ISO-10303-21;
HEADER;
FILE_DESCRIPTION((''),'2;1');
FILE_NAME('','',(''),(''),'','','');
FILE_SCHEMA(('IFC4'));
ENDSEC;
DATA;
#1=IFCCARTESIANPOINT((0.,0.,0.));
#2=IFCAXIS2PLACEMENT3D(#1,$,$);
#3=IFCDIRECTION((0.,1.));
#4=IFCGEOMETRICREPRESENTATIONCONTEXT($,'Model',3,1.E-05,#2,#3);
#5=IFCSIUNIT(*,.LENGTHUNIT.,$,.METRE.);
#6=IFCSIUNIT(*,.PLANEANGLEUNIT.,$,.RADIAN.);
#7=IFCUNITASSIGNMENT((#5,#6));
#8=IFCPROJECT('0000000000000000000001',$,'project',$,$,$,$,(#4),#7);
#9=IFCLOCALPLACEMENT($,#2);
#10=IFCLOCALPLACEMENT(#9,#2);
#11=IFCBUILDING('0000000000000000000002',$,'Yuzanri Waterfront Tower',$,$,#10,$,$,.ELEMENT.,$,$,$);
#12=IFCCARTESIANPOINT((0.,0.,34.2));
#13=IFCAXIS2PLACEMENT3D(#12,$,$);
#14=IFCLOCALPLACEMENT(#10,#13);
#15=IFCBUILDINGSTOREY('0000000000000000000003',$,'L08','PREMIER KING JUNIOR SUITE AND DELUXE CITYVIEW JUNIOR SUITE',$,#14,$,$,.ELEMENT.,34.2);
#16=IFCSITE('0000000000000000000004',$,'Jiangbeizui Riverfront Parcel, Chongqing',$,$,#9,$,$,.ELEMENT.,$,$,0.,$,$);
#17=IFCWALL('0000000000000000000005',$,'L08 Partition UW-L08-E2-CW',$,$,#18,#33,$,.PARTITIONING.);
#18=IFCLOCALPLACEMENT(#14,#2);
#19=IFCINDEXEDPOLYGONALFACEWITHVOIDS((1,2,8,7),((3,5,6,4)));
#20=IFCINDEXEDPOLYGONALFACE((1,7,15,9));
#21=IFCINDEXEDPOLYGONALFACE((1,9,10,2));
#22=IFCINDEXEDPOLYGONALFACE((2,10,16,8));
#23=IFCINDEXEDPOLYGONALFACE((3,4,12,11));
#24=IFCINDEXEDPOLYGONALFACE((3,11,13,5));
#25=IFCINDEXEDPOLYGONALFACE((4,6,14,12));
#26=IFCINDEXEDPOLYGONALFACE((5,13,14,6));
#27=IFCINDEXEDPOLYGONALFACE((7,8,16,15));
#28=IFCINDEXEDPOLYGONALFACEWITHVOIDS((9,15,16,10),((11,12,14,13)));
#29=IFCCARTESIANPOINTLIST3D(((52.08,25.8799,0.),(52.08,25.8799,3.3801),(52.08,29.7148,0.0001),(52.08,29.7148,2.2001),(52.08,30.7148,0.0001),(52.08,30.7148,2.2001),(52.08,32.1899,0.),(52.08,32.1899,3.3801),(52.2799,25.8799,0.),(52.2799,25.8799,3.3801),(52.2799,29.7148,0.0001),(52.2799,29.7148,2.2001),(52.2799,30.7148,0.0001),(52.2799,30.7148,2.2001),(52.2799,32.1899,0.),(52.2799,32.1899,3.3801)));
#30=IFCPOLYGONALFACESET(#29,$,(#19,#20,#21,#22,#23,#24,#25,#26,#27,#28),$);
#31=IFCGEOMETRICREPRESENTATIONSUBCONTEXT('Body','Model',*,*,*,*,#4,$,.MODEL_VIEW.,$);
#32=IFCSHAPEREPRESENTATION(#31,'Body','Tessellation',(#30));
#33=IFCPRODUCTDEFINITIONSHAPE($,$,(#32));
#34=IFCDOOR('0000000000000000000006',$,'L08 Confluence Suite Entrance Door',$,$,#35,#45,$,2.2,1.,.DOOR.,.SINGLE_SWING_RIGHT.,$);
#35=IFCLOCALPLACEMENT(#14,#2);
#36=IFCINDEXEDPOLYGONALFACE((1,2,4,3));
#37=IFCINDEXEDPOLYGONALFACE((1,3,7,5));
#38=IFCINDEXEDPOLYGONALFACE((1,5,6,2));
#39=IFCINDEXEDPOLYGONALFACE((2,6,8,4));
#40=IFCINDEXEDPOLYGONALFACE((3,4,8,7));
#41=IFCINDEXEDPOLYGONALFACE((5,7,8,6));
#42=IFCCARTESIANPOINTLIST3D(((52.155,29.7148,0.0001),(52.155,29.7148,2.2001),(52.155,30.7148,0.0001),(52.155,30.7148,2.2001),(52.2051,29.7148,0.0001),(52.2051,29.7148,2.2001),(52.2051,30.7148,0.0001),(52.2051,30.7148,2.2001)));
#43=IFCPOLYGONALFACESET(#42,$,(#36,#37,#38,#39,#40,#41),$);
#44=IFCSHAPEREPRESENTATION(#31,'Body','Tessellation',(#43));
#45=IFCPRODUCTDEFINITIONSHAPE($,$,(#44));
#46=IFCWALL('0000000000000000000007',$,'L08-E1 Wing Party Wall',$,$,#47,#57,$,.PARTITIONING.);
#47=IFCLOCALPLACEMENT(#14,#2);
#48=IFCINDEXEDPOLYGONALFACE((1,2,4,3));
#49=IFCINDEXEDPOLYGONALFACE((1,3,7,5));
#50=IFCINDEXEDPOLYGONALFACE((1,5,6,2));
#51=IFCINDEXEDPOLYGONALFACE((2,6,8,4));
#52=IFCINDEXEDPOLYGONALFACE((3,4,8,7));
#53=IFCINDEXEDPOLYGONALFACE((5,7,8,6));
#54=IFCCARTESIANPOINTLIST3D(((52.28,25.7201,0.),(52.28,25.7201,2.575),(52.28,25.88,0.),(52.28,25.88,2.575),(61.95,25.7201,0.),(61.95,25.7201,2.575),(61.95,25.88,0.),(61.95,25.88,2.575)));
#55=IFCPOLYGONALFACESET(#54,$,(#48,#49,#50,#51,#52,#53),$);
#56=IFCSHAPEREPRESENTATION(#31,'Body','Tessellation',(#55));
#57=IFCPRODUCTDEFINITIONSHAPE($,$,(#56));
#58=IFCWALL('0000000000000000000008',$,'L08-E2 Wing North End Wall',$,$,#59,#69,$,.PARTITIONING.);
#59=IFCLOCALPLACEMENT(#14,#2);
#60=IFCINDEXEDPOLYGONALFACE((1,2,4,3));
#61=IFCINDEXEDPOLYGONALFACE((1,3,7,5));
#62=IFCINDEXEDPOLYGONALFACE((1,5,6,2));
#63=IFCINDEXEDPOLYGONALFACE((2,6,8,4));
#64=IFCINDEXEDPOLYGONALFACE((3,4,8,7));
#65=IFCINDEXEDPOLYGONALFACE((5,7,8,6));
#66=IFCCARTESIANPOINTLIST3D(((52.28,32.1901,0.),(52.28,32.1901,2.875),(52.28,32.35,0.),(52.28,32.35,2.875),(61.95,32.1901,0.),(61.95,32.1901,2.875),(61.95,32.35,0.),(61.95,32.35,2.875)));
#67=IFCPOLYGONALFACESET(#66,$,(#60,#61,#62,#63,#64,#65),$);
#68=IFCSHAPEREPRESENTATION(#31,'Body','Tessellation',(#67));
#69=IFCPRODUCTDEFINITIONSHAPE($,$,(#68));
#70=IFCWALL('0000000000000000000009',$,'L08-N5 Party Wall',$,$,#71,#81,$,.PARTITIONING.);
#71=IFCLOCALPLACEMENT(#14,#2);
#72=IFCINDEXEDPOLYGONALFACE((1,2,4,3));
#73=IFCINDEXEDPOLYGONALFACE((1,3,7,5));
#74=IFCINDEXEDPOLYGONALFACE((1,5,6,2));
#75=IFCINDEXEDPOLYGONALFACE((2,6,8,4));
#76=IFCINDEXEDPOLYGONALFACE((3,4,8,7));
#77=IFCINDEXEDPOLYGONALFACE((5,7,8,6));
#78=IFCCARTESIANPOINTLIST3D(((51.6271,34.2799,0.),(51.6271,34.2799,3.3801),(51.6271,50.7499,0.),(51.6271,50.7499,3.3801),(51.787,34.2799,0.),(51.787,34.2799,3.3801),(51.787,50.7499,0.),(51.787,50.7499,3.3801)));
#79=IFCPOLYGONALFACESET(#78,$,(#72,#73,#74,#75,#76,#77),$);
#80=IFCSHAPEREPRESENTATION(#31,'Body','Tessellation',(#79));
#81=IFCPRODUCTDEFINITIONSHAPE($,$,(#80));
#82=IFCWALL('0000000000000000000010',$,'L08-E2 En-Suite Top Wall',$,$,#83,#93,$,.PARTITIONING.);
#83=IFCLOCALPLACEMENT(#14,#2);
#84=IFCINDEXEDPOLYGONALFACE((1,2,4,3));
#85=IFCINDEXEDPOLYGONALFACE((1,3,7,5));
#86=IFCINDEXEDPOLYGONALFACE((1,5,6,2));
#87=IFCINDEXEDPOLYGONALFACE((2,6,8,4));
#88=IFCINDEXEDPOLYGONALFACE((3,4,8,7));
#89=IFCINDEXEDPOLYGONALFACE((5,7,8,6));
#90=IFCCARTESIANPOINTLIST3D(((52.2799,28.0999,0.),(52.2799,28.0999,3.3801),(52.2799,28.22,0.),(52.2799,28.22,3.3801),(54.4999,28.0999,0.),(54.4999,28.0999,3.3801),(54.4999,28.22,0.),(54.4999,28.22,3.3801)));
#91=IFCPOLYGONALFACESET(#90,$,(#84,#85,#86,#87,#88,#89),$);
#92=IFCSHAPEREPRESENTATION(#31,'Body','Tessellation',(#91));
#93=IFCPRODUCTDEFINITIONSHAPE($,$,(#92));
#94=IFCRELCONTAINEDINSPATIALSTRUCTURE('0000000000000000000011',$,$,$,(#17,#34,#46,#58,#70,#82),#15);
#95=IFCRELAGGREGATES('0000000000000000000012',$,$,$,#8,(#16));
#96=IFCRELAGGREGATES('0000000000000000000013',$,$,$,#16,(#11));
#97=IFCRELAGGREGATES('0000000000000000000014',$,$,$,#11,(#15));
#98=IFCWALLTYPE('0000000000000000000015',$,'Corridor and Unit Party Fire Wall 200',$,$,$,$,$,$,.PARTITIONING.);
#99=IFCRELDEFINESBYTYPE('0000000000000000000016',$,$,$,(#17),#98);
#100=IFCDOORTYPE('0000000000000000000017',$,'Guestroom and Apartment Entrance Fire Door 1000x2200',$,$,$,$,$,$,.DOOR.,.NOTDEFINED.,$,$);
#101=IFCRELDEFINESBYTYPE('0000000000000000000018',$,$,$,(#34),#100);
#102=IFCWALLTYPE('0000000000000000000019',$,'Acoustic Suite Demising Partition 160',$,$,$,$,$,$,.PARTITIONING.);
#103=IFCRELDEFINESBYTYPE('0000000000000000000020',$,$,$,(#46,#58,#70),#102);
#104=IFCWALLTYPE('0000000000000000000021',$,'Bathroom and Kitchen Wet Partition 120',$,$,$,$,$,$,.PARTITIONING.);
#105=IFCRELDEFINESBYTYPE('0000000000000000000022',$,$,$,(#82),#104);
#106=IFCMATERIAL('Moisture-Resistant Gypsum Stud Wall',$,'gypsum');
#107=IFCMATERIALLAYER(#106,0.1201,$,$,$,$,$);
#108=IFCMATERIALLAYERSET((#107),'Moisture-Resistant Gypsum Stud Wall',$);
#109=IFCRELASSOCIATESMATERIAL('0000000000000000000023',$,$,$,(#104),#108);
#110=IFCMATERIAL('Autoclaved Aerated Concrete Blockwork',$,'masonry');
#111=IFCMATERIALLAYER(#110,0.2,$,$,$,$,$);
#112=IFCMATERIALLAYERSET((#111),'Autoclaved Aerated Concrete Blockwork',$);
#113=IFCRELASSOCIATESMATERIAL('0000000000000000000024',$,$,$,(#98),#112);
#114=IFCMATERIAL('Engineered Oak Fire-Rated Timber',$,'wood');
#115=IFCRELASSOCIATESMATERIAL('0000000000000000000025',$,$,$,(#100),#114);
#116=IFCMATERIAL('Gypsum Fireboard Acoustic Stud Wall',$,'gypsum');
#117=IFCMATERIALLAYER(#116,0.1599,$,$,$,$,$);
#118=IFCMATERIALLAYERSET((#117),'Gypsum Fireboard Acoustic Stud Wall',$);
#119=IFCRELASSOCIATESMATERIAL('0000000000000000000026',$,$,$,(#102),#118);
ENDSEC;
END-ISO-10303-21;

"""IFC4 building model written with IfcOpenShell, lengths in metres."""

from ifc_helpers import new_model, si_unit, direction, frame, frame_2d, origin, place, context, subcontext, project, spatial, rectangle, extrude, source, transform, mapped, material, layer, layer_set, type_object, element, fill, save


model = new_model("IFC4")

# Units and contexts
model_context = context("Model", 3, precision=1e-05, world=origin(), true_north=direction((0.0, 1.0)))
body_context = subcontext(model_context, "Body", "Model", "MODEL_VIEW")
ifc_project = project(units=[si_unit("LENGTHUNIT", "METRE"), si_unit("PLANEANGLEUNIT", "RADIAN")], contexts=[model_context])

# Site, building, storey
site_placement = place(None, origin())
site = spatial("IfcSite", under=ifc_project, at=site_placement, Name="Jiangbeizui Riverfront Parcel, Chongqing", CompositionType="ELEMENT", RefElevation=0.0)
building_placement = place(site_placement, origin())
building = spatial("IfcBuilding", under=site, at=building_placement, Name="Yuzanri Waterfront Tower", CompositionType="ELEMENT")
storey_placement = place(building_placement, frame((0.0, 0.0, 34.2)))
storey = spatial("IfcBuildingStorey", under=building, at=storey_placement, Name="L08", Description="PREMIER KING JUNIOR SUITE AND DELUXE CITYVIEW JUNIOR SUITE", CompositionType="ELEMENT", Elevation=34.2)

# Wall, opening, door
ifc_material_1 = material(Name="Moisture-Resistant Gypsum Stud Wall", Category="gypsum")
ifc_layer_1 = layer(ifc_material_1, 0.1201)
ifc_layer_set_1 = layer_set([ifc_layer_1], Name="Moisture-Resistant Gypsum Stud Wall")
wall_type_1 = type_object("IfcWallType", Name="Bathroom and Kitchen Wet Partition 120", PredefinedType="PARTITIONING", material=ifc_layer_set_1)
ifc_material_2 = material(Name="Autoclaved Aerated Concrete Blockwork", Category="masonry")
ifc_layer_2 = layer(ifc_material_2, 0.2)
ifc_layer_set_2 = layer_set([ifc_layer_2], Name="Autoclaved Aerated Concrete Blockwork")
wall_type_2 = type_object("IfcWallType", Name="Corridor and Unit Party Fire Wall 200", PredefinedType="PARTITIONING", material=ifc_layer_set_2)
ifc_material_3 = material(Name="Engineered Oak Fire-Rated Timber", Category="wood")
door_type_1 = type_object("IfcDoorType", Name="Guestroom and Apartment Entrance Fire Door 1000x2200", OperationType="NOTDEFINED", PredefinedType="DOOR", material=ifc_material_3)
shared_shape_1 = source(origin(), body_context, "Body", "SweptSolid", [
    extrude(rectangle(XDim=1.0, YDim=2.2, at=frame_2d((0.5, 1.1001))), frame((0.0, 0.0249, 0.0), z_axis=(0.0, -1.0, 0.0), x_axis=(1.0, 0.0, 0.0)), (0.0, 0.0, 1.0), 0.05),
])
wall_1_placement = place(storey_placement, frame((52.1799, 25.8799, 0.0), z_axis=(0.0, 0.0, 1.0), x_axis=(0.0, 1.0, 0.0)))
wall_1 = element("IfcWall", 1, at=wall_1_placement, inside=storey, type_object=wall_type_2, Name="L08 Partition UW-L08-E2-CW", PredefinedType="PARTITIONING", context=body_context, shape_type="SweptSolid", body=[
    extrude(rectangle(XDim=6.3101, YDim=0.2, at=frame_2d((3.155, 0.0))), origin(), (0.0, 0.0, 1.0), 3.3801),
])
opening_1_placement = place(wall_1_placement, frame((3.835, 0.0, 0.0)))
opening_1 = element("IfcOpeningElement", 2, at=opening_1_placement, cuts=wall_1, PredefinedType="OPENING", context=body_context, shape_type="SweptSolid", body=[
    extrude(rectangle(XDim=1.0, YDim=2.2, at=frame_2d((0.5, 1.1001))), frame((0.0, 0.1147, 0.0), z_axis=(0.0, -1.0, 0.0), x_axis=(1.0, 0.0, 0.0)), (0.0, 0.0, 1.0), 0.2297),
])
door_1_placement = place(opening_1_placement, origin())
door_1 = element("IfcDoor", 3, at=door_1_placement, inside=storey, type_object=door_type_1, Name="L08 Confluence Suite Entrance Door", OperationType="SINGLE_SWING_RIGHT", OverallHeight=2.2, OverallWidth=1.0, PredefinedType="DOOR", context=body_context, shape_type="MappedRepresentation", body=[
    mapped(shared_shape_1, transform((0.0, 0.0, 0.0), scale=1.0)),
])
fill(opening_1, door_1)

# Walls
ifc_material_4 = material(Name="Gypsum Fireboard Acoustic Stud Wall", Category="gypsum")
ifc_layer_3 = layer(ifc_material_4, 0.1599)
ifc_layer_set_3 = layer_set([ifc_layer_3], Name="Gypsum Fireboard Acoustic Stud Wall")
wall_type_3 = type_object("IfcWallType", Name="Acoustic Suite Demising Partition 160", PredefinedType="PARTITIONING", material=ifc_layer_set_3)
shared_shape_2 = source(origin(), body_context, "Body", "SweptSolid", [
    extrude(rectangle(XDim=9.6699, YDim=0.1599, at=frame_2d((4.835, 0.0))), origin(), (0.0, 0.0, 1.0), 2.575),
])
wall_2_placement = place(storey_placement, frame((52.28, 25.8, 0.0), z_axis=(0.0, 0.0, 1.0), x_axis=(1.0, 0.0, 0.0)))
element("IfcWall", 4, at=wall_2_placement, inside=storey, type_object=wall_type_3, Name="L08-E1 Wing Party Wall", PredefinedType="PARTITIONING", context=body_context, shape_type="MappedRepresentation", body=[
    mapped(shared_shape_2, transform((0.0, 0.0, 0.0), scale=1.0)),
])
shared_shape_3 = source(origin(), body_context, "Body", "SweptSolid", [
    extrude(rectangle(XDim=9.6699, YDim=0.1599, at=frame_2d((4.835, 0.0))), origin(), (0.0, 0.0, 1.0), 2.875),
])
wall_3_placement = place(storey_placement, frame((52.28, 32.27, 0.0), z_axis=(0.0, 0.0, 1.0), x_axis=(1.0, 0.0, 0.0)))
element("IfcWall", 5, at=wall_3_placement, inside=storey, type_object=wall_type_3, Name="L08-E2 Wing North End Wall", PredefinedType="PARTITIONING", context=body_context, shape_type="MappedRepresentation", body=[
    mapped(shared_shape_3, transform((0.0, 0.0, 0.0), scale=1.0)),
])
shared_shape_4 = source(origin(), body_context, "Body", "SweptSolid", [
    extrude(rectangle(XDim=16.47, YDim=0.1599, at=frame_2d((8.2349, 0.0))), origin(), (0.0, 0.0, 1.0), 3.3801),
])
wall_4_placement = place(storey_placement, frame((51.707, 34.28, 0.0), z_axis=(0.0, 0.0, 1.0), x_axis=(0.0, 1.0, 0.0)))
element("IfcWall", 6, at=wall_4_placement, inside=storey, type_object=wall_type_3, Name="L08-N5 Party Wall", PredefinedType="PARTITIONING", context=body_context, shape_type="MappedRepresentation", body=[
    mapped(shared_shape_4, transform((0.0, 0.0, 0.0), scale=1.0)),
])
shared_shape_5 = source(origin(), body_context, "Body", "SweptSolid", [
    extrude(rectangle(XDim=2.22, YDim=0.1201, at=frame_2d((1.1099, 0.0))), origin(), (0.0, 0.0, 1.0), 3.3801),
])
wall_5_placement = place(storey_placement, frame((52.28, 28.1599, 0.0), z_axis=(0.0, 0.0, 1.0), x_axis=(1.0, 0.0, 0.0)))
element("IfcWall", 7, at=wall_5_placement, inside=storey, type_object=wall_type_1, Name="L08-E2 En-Suite Top Wall", PredefinedType="PARTITIONING", context=body_context, shape_type="MappedRepresentation", body=[
    mapped(shared_shape_5, transform((0.0, 0.0, 0.0), scale=1.0)),
])

save(model, "model.ifc")
